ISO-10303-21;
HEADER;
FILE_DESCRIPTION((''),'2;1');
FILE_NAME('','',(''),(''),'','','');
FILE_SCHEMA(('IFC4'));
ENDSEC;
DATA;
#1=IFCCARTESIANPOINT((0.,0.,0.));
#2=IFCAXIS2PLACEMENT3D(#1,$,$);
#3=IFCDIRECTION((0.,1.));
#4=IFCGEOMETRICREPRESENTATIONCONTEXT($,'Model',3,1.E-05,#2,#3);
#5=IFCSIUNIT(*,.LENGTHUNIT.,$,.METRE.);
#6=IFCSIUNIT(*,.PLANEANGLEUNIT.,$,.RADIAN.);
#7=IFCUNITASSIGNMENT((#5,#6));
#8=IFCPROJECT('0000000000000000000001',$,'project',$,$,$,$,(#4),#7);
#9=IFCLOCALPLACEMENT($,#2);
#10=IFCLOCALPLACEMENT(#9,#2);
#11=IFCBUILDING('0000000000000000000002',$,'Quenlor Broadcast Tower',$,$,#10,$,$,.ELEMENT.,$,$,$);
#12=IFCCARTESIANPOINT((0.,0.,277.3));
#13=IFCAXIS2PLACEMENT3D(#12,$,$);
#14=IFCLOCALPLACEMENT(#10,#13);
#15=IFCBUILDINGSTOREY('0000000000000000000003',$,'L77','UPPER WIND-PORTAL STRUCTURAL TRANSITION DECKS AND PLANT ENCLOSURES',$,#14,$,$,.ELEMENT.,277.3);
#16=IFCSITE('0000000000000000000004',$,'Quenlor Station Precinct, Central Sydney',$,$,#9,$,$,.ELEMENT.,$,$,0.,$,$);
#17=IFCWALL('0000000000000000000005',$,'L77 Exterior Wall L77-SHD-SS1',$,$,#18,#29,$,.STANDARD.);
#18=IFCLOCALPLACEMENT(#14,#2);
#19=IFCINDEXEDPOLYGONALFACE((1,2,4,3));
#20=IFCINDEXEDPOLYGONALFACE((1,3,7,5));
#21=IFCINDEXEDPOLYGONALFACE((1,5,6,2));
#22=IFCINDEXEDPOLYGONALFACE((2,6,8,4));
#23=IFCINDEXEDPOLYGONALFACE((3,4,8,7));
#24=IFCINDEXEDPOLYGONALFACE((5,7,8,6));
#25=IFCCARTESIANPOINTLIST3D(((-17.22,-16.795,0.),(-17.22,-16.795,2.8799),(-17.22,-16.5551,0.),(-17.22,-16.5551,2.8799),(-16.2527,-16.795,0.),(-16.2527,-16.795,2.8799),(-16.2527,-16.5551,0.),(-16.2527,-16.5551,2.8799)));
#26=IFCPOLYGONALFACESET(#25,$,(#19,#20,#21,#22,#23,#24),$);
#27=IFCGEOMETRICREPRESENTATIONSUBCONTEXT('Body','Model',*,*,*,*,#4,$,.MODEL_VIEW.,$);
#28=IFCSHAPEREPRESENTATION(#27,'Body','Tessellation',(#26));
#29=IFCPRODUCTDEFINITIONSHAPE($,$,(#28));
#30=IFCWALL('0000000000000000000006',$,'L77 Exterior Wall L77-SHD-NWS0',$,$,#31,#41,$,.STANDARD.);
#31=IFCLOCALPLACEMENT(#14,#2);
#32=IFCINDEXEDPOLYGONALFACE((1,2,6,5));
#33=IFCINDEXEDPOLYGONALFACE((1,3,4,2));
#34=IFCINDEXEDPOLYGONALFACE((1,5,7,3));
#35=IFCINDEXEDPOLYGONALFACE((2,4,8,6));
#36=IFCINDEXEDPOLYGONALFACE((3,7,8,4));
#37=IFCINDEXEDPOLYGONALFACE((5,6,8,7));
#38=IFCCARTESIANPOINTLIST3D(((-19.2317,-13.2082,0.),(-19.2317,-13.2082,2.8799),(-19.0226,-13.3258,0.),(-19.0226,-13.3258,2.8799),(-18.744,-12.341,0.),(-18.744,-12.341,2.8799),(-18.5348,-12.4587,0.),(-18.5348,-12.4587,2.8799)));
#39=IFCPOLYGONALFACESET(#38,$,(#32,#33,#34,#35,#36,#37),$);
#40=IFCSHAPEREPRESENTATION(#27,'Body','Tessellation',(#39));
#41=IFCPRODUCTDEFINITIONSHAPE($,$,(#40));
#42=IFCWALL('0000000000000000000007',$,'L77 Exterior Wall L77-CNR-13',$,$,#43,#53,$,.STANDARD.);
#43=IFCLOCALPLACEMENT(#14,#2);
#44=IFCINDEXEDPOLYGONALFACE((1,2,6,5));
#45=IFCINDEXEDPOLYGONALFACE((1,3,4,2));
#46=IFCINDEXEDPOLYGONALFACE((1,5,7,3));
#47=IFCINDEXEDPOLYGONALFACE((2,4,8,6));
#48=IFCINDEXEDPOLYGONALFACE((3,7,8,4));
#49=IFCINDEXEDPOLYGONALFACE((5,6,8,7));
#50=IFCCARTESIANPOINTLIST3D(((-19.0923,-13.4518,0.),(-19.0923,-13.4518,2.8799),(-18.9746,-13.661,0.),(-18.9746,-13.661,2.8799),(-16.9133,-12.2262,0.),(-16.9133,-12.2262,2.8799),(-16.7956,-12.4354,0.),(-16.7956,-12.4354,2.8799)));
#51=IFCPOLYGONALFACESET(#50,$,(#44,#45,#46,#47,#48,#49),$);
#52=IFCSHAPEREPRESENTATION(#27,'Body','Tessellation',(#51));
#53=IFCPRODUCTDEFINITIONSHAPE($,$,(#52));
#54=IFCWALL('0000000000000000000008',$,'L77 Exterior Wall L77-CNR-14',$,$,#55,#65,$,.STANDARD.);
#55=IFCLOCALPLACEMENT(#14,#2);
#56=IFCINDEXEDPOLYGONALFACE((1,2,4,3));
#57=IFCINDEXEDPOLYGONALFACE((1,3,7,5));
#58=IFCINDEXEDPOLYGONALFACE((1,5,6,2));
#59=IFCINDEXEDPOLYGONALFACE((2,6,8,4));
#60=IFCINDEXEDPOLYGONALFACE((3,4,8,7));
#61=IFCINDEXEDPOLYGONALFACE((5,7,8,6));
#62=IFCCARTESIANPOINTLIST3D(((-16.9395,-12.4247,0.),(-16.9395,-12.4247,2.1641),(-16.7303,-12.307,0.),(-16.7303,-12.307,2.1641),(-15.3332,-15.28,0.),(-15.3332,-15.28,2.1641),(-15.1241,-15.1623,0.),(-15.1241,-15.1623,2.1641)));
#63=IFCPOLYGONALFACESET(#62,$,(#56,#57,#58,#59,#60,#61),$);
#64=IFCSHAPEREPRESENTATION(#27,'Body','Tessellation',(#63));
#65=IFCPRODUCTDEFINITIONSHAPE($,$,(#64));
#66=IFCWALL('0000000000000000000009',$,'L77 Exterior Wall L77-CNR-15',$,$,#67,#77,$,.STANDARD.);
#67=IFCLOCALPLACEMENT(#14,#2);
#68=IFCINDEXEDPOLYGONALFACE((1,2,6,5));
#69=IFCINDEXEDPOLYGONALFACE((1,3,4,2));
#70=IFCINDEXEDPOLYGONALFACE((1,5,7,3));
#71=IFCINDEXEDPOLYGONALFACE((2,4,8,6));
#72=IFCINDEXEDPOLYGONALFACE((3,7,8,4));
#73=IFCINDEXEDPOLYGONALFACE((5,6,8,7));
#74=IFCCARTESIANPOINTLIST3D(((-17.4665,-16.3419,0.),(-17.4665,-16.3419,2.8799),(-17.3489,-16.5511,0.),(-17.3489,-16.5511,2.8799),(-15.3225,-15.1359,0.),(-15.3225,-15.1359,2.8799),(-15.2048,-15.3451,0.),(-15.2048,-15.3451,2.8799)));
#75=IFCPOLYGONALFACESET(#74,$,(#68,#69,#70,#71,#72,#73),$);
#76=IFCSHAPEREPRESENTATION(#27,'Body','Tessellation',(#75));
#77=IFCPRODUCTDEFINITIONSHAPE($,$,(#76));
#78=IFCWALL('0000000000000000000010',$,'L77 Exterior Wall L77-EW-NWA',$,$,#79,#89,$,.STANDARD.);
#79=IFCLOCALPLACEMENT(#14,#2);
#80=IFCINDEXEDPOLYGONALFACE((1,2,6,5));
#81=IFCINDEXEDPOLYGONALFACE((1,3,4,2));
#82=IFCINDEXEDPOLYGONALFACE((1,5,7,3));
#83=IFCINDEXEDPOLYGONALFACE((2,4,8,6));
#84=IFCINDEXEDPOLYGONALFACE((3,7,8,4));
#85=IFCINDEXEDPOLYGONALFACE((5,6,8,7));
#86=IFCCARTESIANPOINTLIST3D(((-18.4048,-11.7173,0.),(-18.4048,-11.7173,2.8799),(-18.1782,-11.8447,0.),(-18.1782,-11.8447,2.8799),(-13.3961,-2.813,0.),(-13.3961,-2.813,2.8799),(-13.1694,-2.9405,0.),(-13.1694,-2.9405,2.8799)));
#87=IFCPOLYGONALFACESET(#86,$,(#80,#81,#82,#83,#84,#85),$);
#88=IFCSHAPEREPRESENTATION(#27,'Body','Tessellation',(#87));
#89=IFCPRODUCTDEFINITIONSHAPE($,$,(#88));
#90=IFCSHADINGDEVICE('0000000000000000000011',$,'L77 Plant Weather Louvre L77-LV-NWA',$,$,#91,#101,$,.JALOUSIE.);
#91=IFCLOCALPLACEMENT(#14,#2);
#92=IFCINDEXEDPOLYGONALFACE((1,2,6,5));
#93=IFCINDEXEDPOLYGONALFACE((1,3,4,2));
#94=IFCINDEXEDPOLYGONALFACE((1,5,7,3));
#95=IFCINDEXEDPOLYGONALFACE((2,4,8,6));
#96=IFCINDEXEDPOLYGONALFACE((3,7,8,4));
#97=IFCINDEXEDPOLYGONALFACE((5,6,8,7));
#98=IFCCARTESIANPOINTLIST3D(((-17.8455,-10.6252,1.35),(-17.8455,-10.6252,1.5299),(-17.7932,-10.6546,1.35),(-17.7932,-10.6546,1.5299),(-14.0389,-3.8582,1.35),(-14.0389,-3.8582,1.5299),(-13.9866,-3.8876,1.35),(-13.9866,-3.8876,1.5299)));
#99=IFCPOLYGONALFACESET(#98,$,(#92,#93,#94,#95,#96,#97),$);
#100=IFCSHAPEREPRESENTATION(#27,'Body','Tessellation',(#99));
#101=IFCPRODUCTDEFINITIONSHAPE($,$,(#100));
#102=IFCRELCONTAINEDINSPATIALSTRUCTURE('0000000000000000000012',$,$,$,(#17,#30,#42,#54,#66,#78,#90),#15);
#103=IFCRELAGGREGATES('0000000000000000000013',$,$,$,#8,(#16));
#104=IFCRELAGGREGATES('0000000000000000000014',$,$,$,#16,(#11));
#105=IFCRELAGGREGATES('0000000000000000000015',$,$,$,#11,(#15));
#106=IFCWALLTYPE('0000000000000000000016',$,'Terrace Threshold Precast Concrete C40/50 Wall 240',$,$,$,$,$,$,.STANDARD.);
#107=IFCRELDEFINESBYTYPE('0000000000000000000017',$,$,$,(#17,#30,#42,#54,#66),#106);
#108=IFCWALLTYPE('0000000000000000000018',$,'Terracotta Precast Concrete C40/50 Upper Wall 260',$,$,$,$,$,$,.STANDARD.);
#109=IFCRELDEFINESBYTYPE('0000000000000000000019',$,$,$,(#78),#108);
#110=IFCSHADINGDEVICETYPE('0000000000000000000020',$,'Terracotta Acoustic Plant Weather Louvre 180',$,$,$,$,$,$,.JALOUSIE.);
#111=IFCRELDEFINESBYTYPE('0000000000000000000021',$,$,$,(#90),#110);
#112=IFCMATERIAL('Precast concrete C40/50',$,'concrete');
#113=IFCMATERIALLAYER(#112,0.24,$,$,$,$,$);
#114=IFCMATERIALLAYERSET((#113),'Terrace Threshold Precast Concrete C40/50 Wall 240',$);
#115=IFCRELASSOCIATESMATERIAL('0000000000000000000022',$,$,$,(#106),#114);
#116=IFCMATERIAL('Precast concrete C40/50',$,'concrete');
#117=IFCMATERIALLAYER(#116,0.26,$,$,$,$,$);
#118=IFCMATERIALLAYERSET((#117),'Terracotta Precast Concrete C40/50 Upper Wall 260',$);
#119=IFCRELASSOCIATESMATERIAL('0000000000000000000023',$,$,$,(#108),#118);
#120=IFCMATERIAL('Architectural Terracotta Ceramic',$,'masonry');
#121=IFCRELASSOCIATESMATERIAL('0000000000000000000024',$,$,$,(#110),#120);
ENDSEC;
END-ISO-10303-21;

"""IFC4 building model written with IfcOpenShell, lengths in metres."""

from ifc_helpers import new_model, si_unit, direction, frame, frame_2d, origin, origin_2d, place, context, subcontext, project, spatial, rectangle, extrude, material, layer, layer_set, material_profile, profile_set, type_object, element, save


model = new_model("IFC4")

# Units and contexts
model_context = context("Model", 3, precision=1e-05, world=origin(), true_north=direction((0.0, 1.0)))
body_context = subcontext(model_context, "Body", "Model", "MODEL_VIEW")
ifc_project = project(units=[si_unit("LENGTHUNIT", "METRE"), si_unit("PLANEANGLEUNIT", "RADIAN")], contexts=[model_context])

# Site, building, storey
site_placement = place(None, origin())
site = spatial("IfcSite", under=ifc_project, at=site_placement, Name="Quenlor Station Precinct, Central Sydney", CompositionType="ELEMENT", RefElevation=0.0)
building_placement = place(site_placement, origin())
building = spatial("IfcBuilding", under=site, at=building_placement, Name="Quenlor Broadcast Tower", CompositionType="ELEMENT")
storey_placement = place(building_placement, frame((0.0, 0.0, 277.3)))
storey = spatial("IfcBuildingStorey", under=building, at=storey_placement, Name="L77", Description="UPPER WIND-PORTAL STRUCTURAL TRANSITION DECKS AND PLANT ENCLOSURES", CompositionType="ELEMENT", Elevation=277.3)

# Walls
ifc_material_1 = material(Name="Precast concrete C40/50", Category="concrete")
ifc_layer_1 = layer(ifc_material_1, 0.24)
ifc_layer_set_1 = layer_set([ifc_layer_1], Name="Terrace Threshold Precast Concrete C40/50 Wall 240")
wall_type_1 = type_object("IfcWallType", Name="Terrace Threshold Precast Concrete C40/50 Wall 240", PredefinedType="STANDARD", material=ifc_layer_set_1)
wall_1_placement = place(storey_placement, frame((-16.2527, -16.675, 0.0), z_axis=(0.0, 0.0, 1.0), x_axis=(-1.0, 0.0, 0.0)))
element("IfcWall", 1, at=wall_1_placement, inside=storey, type_object=wall_type_1, Name="L77 Exterior Wall L77-SHD-SS1", PredefinedType="STANDARD", context=body_context, shape_type="SweptSolid", body=[
    extrude(rectangle(XDim=0.9673, YDim=0.24, at=frame_2d((0.4836, 0.0))), origin(), (0.0, 0.0, 1.0), 2.8799),
])
wall_2_placement = place(storey_placement, frame((-19.1272, -13.2671, 0.0), z_axis=(0.0, 0.0, 1.0), x_axis=(0.490261, 0.871576, 0.0)))
element("IfcWall", 2, at=wall_2_placement, inside=storey, type_object=wall_type_1, Name="L77 Exterior Wall L77-SHD-NWS0", PredefinedType="STANDARD", context=body_context, shape_type="SweptSolid", body=[
    extrude(rectangle(XDim=0.9949, YDim=0.24, at=frame_2d((0.4976, 0.0))), origin(), (0.0, 0.0, 1.0), 2.8799),
])
wall_3_placement = place(storey_placement, frame((-19.0334, -13.5564, 0.0), z_axis=(0.0, 0.0, 1.0), x_axis=(0.871589, 0.490238, 0.0)))
element("IfcWall", 3, at=wall_3_placement, inside=storey, type_object=wall_type_1, Name="L77 Exterior Wall L77-CNR-13", PredefinedType="STANDARD", context=body_context, shape_type="SweptSolid", body=[
    extrude(rectangle(XDim=2.5, YDim=0.24, at=frame_2d((1.25, 0.0))), origin(), (0.0, 0.0, 1.0), 2.8799),
])
wall_4_placement = place(storey_placement, frame((-16.835, -12.3657, 0.0), z_axis=(0.0, 0.0, 1.0), x_axis=(0.490293, -0.871558, 0.0)))
element("IfcWall", 4, at=wall_4_placement, inside=storey, type_object=wall_type_1, Name="L77 Exterior Wall L77-CNR-14", PredefinedType="STANDARD", context=body_context, shape_type="SweptSolid", body=[
    extrude(rectangle(XDim=3.2761, YDim=0.24, at=frame_2d((1.6382, 0.0))), origin(), (0.0, 0.0, 1.0), 2.1641),
])
wall_5_placement = place(storey_placement, frame((-15.2637, -15.2405, 0.0), z_axis=(0.0, 0.0, 1.0), x_axis=(-0.87157, -0.490271, 0.0)))
element("IfcWall", 5, at=wall_5_placement, inside=storey, type_object=wall_type_1, Name="L77 Exterior Wall L77-CNR-15", PredefinedType="STANDARD", context=body_context, shape_type="SweptSolid", body=[
    extrude(rectangle(XDim=2.46, YDim=0.24, at=frame_2d((1.23, 0.0))), origin(), (0.0, 0.0, 1.0), 2.8799),
])
ifc_material_2 = material(Name="Precast concrete C40/50", Category="concrete")
ifc_layer_2 = layer(ifc_material_2, 0.26)
ifc_layer_set_2 = layer_set([ifc_layer_2], Name="Terracotta Precast Concrete C40/50 Upper Wall 260")
wall_type_2 = type_object("IfcWallType", Name="Terracotta Precast Concrete C40/50 Upper Wall 260", PredefinedType="STANDARD", material=ifc_layer_set_2)
wall_6_placement = place(storey_placement, frame((-18.2915, -11.781, 0.0), z_axis=(0.0, 0.0, 1.0), x_axis=(0.49027, 0.87157, 0.0)))
element("IfcWall", 6, at=wall_6_placement, inside=storey, type_object=wall_type_2, Name="L77 Exterior Wall L77-EW-NWA", PredefinedType="STANDARD", context=body_context, shape_type="SweptSolid", body=[
    extrude(rectangle(XDim=10.2163, YDim=0.26, at=frame_2d((5.1082, 0.0))), origin(), (0.0, 0.0, 1.0), 2.8799),
])

# Shading device
ifc_material_3 = material(Name="Architectural Terracotta Ceramic", Category="masonry")
ifc_material_profile_1 = material_profile(ifc_material_3, rectangle(XDim=0.0601, YDim=0.1799, at=origin_2d()))
ifc_profile_set_1 = profile_set([ifc_material_profile_1], Name="Architectural Terracotta Ceramic LVR60x180")
shading_device_type = type_object("IfcShadingDeviceType", Name="Terracotta Acoustic Plant Weather Louvre 180", PredefinedType="JALOUSIE", material=ifc_profile_set_1)
shading_device_placement = place(storey_placement, frame((-17.8193, -10.6399, 1.4399), z_axis=(0.490276, 0.871567, 0.0), x_axis=(-0.871567, 0.490276, 0.0)))
element("IfcShadingDevice", 7, at=shading_device_placement, inside=storey, type_object=shading_device_type, Name="L77 Plant Weather Louvre L77-LV-NWA", PredefinedType="JALOUSIE", context=body_context, shape_type="SweptSolid", body=[
    extrude(rectangle(XDim=0.0601, YDim=0.1799, at=origin_2d()), origin(), (0.0, 0.0, 1.0), 7.7642),
])

save(model, "model.ifc")
